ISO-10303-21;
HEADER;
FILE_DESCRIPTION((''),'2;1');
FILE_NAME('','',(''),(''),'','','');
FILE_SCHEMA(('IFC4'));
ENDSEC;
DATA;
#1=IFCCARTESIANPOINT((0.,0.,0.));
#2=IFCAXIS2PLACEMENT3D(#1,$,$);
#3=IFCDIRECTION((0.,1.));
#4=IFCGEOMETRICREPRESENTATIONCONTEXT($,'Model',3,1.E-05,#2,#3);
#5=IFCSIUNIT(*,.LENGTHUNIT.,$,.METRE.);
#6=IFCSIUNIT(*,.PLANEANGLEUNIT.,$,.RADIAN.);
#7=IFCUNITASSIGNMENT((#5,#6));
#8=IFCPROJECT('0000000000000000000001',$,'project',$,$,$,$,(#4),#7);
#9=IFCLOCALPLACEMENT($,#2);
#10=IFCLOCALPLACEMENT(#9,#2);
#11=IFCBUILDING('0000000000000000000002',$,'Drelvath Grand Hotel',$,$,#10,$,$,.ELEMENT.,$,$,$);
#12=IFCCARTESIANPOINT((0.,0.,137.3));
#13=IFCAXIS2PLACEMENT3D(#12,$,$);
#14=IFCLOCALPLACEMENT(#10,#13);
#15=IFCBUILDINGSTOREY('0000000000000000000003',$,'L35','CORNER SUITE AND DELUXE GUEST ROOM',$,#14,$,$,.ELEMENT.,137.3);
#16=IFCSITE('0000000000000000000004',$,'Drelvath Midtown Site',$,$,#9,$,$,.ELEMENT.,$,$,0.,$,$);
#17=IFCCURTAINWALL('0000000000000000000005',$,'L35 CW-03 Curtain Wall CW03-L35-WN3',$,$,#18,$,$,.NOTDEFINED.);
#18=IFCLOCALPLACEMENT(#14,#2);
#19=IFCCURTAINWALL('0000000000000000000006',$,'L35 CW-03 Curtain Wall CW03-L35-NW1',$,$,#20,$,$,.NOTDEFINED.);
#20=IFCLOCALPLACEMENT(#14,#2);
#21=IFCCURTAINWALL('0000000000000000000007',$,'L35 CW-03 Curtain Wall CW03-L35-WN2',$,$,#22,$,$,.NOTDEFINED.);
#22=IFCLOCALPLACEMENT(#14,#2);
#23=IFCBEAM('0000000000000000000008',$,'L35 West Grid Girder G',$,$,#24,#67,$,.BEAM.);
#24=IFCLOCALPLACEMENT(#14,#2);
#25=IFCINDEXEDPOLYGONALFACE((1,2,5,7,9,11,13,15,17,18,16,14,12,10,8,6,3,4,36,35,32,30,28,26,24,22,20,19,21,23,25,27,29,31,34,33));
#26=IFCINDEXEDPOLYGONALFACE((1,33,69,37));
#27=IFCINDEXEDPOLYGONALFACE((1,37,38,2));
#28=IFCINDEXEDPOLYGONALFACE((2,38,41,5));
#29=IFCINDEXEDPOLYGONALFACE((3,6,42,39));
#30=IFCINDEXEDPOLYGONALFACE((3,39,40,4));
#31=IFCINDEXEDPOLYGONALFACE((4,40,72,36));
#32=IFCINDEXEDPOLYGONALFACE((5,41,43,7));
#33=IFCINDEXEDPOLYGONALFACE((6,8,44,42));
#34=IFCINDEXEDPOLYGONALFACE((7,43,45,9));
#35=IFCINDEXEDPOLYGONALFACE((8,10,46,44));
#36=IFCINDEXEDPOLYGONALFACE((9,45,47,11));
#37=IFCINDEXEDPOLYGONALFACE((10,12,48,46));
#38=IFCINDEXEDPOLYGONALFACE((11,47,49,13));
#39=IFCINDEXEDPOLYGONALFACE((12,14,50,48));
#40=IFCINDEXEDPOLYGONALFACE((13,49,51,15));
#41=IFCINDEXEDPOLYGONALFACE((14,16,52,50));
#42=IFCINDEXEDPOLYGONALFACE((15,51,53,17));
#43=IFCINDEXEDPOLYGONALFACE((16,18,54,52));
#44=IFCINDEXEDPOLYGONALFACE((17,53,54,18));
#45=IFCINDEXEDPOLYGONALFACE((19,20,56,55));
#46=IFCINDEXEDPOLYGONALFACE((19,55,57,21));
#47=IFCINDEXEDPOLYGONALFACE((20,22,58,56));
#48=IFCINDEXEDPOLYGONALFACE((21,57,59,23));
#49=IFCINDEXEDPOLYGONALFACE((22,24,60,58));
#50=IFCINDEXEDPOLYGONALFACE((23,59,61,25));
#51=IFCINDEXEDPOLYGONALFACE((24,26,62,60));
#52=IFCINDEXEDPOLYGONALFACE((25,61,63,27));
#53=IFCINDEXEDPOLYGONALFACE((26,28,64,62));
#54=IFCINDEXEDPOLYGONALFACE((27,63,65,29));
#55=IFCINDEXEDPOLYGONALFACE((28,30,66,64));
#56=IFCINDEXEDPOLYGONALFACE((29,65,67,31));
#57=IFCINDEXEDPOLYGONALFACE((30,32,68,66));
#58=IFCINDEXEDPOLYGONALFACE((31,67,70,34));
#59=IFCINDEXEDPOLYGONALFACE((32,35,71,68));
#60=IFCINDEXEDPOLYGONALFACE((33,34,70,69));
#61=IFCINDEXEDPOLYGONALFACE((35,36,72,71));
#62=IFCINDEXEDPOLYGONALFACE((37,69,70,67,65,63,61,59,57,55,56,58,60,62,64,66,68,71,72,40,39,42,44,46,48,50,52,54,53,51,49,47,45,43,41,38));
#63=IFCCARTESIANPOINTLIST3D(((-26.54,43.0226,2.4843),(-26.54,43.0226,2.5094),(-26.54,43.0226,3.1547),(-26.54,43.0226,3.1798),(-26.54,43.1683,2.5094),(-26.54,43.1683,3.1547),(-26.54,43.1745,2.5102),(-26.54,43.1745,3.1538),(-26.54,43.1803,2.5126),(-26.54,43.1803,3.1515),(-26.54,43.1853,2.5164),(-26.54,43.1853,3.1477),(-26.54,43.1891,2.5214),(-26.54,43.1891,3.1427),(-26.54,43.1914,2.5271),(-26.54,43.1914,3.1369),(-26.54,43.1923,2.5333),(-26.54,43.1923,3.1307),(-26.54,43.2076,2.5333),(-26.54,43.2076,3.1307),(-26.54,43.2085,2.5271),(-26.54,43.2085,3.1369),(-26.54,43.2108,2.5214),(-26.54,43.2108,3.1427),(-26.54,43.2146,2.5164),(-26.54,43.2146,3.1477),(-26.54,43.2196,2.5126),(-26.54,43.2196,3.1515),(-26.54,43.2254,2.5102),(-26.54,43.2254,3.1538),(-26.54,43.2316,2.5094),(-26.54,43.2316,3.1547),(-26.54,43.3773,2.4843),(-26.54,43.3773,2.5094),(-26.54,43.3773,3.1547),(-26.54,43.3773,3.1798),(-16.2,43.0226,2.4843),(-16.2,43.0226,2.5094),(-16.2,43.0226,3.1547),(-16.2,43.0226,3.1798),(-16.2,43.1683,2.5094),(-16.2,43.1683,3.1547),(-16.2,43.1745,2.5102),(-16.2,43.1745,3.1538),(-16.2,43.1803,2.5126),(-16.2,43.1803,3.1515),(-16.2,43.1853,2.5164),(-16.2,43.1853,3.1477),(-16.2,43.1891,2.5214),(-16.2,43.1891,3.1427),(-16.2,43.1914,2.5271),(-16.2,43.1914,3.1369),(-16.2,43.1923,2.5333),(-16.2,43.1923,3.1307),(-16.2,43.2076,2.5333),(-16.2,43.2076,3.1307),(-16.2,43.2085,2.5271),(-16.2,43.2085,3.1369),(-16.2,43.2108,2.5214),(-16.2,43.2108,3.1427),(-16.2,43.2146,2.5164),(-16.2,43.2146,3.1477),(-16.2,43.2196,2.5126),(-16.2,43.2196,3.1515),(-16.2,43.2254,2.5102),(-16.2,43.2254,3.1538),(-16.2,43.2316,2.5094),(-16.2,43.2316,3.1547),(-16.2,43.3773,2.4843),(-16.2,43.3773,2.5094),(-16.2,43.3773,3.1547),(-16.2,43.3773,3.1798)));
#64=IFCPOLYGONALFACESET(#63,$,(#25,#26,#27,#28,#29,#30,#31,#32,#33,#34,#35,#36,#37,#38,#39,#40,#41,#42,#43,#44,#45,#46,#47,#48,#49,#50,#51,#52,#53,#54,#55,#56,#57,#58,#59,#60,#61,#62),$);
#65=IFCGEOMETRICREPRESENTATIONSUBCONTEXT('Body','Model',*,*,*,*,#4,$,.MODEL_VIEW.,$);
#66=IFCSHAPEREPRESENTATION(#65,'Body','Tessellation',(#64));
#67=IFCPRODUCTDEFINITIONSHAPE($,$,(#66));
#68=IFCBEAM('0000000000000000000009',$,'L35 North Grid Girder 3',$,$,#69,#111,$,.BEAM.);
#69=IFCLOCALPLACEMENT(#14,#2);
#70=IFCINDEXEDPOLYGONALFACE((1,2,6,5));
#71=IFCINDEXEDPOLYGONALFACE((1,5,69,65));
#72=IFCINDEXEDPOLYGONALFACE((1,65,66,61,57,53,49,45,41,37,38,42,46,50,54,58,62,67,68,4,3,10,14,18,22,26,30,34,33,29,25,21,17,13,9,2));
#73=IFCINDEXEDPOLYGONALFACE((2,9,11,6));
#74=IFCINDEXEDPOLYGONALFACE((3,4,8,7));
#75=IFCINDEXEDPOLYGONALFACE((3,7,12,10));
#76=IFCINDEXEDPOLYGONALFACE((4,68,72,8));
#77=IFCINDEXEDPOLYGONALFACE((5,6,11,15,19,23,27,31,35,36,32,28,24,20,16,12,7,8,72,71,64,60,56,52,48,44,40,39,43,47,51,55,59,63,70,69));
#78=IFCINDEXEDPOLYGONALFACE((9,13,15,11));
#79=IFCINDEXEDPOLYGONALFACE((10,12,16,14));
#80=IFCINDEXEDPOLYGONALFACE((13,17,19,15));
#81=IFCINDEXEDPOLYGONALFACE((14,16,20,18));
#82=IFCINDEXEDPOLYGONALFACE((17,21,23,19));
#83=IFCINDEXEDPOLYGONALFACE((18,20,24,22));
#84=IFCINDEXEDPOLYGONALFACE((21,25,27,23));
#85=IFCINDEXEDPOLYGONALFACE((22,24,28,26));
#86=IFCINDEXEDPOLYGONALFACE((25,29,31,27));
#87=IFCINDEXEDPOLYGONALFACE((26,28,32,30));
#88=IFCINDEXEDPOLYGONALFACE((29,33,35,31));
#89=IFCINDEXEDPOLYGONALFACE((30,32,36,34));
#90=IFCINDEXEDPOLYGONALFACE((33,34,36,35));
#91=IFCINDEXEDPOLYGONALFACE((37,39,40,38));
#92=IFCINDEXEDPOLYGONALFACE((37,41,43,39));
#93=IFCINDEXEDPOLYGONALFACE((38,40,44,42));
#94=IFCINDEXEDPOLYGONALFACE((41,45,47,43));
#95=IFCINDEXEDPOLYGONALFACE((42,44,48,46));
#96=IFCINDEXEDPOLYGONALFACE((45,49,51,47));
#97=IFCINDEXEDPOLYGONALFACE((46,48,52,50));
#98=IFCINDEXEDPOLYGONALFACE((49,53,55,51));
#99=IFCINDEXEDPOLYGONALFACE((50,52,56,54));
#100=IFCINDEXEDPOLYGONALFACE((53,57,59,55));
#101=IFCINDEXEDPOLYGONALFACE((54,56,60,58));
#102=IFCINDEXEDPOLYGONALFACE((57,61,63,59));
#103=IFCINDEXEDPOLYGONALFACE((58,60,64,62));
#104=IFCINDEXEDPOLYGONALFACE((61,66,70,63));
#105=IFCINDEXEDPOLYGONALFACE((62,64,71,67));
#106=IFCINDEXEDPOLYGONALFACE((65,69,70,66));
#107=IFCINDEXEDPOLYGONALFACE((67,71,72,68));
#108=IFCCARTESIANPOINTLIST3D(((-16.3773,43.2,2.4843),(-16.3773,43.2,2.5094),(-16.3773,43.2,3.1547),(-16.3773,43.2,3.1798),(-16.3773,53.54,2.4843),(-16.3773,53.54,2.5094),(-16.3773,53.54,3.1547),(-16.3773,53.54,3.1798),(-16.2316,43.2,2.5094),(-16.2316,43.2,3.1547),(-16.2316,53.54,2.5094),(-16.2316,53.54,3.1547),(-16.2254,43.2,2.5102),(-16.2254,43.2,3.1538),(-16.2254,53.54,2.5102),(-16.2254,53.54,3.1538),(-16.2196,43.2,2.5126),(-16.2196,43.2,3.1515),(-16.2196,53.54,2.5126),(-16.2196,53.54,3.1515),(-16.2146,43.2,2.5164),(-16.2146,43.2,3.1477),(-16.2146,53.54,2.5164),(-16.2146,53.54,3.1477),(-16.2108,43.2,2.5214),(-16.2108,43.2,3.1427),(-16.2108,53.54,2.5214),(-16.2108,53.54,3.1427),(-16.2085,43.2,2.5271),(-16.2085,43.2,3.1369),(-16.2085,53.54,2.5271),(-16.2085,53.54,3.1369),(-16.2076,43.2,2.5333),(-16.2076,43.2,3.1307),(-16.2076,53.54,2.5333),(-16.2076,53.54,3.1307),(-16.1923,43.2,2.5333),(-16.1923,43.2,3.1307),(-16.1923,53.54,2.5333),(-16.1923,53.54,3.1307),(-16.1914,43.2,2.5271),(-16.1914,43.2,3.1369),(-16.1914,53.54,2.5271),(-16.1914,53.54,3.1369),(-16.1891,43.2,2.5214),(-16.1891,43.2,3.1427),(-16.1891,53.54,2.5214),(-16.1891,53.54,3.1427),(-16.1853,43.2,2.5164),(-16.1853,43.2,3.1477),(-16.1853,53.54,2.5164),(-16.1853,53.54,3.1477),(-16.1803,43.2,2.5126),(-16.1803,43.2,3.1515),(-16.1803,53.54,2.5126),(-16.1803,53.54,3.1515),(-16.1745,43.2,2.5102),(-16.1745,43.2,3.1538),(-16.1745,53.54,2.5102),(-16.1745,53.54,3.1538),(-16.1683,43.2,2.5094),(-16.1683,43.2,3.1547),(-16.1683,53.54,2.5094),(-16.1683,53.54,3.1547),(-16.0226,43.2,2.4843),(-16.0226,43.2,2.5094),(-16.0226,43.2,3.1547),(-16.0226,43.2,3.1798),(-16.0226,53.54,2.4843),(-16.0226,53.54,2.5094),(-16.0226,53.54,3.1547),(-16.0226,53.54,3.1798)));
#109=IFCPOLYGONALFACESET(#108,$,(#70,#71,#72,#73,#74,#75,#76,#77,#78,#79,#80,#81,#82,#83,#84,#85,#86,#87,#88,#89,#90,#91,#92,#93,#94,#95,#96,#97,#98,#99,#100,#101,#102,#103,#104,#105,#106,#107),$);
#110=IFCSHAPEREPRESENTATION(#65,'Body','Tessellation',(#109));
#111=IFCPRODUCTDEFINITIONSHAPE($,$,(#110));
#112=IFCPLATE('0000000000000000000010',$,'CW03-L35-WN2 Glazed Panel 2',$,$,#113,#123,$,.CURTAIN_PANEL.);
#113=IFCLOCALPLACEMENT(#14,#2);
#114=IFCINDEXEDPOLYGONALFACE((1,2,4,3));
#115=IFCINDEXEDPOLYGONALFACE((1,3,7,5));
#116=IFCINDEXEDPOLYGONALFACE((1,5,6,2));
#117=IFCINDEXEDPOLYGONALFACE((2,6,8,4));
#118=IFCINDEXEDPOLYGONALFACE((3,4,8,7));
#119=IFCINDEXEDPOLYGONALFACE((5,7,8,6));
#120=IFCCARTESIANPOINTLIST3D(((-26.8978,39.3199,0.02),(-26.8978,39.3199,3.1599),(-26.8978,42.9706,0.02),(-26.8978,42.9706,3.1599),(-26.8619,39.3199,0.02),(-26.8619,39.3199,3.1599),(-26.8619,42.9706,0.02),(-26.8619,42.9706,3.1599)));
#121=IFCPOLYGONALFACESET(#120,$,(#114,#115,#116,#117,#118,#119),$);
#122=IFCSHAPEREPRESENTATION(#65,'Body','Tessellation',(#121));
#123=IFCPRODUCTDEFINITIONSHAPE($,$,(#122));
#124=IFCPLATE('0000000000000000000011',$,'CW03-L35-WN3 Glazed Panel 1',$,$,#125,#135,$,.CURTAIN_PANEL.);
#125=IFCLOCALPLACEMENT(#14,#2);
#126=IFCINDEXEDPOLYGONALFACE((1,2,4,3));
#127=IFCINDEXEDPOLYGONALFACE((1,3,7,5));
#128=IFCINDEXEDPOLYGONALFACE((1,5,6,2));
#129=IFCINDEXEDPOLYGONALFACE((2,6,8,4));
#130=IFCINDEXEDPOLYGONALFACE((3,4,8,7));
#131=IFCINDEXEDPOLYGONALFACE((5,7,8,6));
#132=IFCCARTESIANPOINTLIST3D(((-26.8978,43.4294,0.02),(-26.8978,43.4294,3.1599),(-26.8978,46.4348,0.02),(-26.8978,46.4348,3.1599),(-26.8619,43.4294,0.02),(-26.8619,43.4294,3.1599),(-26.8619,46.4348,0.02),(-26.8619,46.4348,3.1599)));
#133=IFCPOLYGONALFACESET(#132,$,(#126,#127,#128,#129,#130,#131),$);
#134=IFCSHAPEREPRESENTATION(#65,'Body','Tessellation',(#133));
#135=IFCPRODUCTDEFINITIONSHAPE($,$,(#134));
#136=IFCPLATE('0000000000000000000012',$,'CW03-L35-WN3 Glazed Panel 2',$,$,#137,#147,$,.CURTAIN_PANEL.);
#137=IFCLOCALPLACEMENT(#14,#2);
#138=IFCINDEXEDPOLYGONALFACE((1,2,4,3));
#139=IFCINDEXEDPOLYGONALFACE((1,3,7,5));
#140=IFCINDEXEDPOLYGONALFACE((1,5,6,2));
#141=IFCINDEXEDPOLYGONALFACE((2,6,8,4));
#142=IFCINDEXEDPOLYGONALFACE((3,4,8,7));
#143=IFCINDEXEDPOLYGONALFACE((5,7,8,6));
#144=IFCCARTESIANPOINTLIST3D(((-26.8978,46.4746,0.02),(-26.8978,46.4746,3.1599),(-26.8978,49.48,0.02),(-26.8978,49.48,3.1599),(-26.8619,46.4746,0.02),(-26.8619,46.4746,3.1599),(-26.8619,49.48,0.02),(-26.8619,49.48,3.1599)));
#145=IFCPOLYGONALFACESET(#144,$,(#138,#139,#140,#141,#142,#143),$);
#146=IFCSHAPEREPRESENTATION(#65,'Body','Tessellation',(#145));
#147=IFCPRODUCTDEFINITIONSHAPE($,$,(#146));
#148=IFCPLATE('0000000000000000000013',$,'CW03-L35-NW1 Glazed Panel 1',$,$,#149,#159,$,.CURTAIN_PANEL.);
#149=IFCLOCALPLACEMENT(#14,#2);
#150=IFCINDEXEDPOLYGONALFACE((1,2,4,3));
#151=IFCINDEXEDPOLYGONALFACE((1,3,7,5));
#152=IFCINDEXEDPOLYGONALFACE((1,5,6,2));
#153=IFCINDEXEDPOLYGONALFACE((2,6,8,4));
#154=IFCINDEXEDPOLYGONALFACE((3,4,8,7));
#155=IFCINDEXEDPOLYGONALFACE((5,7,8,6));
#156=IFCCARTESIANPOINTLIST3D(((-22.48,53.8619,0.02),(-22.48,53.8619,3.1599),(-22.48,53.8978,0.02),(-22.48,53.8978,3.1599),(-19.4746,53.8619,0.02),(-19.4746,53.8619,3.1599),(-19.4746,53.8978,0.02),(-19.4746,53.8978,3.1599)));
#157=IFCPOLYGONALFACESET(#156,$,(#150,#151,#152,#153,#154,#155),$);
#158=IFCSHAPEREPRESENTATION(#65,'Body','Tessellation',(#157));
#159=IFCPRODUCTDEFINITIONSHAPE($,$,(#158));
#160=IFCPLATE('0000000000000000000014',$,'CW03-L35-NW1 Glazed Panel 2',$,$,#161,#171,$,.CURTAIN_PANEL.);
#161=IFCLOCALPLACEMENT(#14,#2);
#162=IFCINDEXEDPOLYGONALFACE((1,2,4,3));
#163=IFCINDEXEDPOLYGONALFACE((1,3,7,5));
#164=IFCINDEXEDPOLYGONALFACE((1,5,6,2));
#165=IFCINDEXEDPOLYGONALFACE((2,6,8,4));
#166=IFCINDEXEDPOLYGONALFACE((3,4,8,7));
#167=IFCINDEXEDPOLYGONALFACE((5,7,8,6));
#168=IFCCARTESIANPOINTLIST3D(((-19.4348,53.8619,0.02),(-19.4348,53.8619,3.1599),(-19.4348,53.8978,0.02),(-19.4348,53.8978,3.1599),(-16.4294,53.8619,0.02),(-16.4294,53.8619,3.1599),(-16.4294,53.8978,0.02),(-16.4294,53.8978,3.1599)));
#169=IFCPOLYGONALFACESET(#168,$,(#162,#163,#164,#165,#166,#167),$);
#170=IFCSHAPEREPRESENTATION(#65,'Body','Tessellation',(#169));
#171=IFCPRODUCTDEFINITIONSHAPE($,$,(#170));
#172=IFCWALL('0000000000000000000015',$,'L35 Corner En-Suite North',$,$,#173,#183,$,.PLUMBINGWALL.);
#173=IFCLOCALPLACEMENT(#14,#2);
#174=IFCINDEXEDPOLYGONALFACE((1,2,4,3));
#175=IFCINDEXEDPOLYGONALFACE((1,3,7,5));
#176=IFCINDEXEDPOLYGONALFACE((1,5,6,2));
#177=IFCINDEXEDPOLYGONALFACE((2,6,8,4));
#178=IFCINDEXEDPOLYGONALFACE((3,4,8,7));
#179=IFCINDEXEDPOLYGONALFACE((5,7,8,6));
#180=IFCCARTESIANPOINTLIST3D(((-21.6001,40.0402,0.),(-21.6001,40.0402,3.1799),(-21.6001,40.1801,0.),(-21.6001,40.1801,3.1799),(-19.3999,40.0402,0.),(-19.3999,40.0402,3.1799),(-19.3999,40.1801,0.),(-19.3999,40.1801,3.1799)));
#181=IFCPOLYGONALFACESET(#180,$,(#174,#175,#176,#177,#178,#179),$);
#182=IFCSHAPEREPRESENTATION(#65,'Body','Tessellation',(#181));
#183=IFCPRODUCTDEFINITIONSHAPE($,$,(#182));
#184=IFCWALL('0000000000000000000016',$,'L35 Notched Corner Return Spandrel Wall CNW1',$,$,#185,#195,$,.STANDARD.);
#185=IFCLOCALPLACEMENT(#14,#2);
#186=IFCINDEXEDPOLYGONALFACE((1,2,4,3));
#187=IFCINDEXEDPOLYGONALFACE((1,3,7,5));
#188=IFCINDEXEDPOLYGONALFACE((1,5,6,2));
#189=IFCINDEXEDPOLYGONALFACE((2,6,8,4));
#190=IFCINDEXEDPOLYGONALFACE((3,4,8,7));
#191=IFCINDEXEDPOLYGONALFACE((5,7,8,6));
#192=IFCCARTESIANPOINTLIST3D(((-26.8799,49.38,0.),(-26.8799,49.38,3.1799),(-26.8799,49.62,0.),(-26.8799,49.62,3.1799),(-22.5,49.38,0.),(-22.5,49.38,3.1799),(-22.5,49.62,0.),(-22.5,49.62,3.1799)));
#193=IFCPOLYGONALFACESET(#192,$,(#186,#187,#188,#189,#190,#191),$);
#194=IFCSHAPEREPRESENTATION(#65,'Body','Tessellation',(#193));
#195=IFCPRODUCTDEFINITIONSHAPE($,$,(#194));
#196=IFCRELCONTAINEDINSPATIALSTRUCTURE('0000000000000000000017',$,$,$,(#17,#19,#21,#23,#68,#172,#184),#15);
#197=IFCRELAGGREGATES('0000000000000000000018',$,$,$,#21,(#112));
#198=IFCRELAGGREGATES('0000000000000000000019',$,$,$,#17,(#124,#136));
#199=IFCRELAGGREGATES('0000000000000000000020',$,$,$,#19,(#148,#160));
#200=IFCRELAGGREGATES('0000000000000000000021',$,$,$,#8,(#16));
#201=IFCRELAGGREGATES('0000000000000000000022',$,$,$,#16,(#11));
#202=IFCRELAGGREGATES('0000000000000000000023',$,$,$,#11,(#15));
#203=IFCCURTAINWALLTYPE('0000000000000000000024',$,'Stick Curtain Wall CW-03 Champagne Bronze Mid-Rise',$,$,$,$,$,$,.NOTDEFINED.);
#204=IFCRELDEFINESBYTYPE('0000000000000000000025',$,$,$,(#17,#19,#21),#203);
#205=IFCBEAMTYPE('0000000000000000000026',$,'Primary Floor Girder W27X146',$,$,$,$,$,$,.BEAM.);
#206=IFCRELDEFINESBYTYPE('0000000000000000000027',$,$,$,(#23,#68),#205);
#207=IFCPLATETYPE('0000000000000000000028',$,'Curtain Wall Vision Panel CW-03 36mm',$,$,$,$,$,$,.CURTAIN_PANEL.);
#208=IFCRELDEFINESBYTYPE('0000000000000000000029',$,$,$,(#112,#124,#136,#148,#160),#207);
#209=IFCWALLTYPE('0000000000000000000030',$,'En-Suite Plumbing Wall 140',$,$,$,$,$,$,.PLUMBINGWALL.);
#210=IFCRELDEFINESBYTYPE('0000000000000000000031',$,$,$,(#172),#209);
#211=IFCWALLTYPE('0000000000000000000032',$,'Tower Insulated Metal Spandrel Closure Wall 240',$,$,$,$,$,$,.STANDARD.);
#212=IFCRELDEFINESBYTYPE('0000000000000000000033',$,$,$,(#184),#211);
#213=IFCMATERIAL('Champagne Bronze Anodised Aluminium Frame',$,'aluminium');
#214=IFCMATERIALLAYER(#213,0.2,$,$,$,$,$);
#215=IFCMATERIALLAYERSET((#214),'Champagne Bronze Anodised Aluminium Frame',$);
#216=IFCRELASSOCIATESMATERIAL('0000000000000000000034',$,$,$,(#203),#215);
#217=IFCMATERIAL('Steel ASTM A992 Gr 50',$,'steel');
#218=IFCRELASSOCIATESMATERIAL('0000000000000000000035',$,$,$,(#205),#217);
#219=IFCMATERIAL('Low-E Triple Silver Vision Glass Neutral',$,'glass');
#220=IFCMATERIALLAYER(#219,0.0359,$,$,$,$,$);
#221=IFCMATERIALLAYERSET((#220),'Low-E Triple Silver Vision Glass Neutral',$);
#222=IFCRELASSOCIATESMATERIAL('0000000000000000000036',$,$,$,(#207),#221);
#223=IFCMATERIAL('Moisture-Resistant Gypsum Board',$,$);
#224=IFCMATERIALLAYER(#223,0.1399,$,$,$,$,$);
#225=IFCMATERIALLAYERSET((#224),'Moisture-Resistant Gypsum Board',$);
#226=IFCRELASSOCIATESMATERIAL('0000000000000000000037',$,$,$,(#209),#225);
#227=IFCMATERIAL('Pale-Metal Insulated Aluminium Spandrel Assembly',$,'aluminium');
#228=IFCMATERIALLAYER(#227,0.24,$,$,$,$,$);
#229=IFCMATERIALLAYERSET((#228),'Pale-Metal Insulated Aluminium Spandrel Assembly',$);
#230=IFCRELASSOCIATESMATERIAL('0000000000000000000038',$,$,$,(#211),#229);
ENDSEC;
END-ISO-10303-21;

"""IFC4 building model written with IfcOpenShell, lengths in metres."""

from ifc_helpers import new_model, si_unit, direction, frame, frame_2d, origin, origin_2d, place, context, subcontext, project, spatial, rectangle, i_section, extrude, material, layer, layer_set, material_profile, profile_set, type_object, element, aggregate, save


model = new_model("IFC4")

# Units and contexts
model_context = context("Model", 3, precision=1e-05, world=origin(), true_north=direction((0.0, 1.0)))
body_context = subcontext(model_context, "Body", "Model", "MODEL_VIEW")
ifc_project = project(units=[si_unit("LENGTHUNIT", "METRE"), si_unit("PLANEANGLEUNIT", "RADIAN")], contexts=[model_context])

# Site, building, storey
site_placement = place(None, origin())
site = spatial("IfcSite", under=ifc_project, at=site_placement, Name="Drelvath Midtown Site", CompositionType="ELEMENT", RefElevation=0.0)
building_placement = place(site_placement, origin())
building = spatial("IfcBuilding", under=site, at=building_placement, Name="Drelvath Grand Hotel", CompositionType="ELEMENT")
storey_placement = place(building_placement, frame((0.0, 0.0, 137.3)))
storey = spatial("IfcBuildingStorey", under=building, at=storey_placement, Name="L35", Description="CORNER SUITE AND DELUXE GUEST ROOM", CompositionType="ELEMENT", Elevation=137.3)

# Shared definitions
ifc_material_1 = material(Name="Steel ASTM A992 Gr 50", Category="steel")

# Curtain walls
ifc_material_2 = material(Name="Champagne Bronze Anodised Aluminium Frame", Category="aluminium")
ifc_layer_1 = layer(ifc_material_2, 0.2)
ifc_layer_set_1 = layer_set([ifc_layer_1], Name="Champagne Bronze Anodised Aluminium Frame")
curtain_wall_type = type_object("IfcCurtainWallType", Name="Stick Curtain Wall CW-03 Champagne Bronze Mid-Rise", PredefinedType="NOTDEFINED", material=ifc_layer_set_1)
curtain_wall_1_placement = place(storey_placement, origin())
curtain_wall_1 = element("IfcCurtainWall", 1, at=curtain_wall_1_placement, inside=storey, type_object=curtain_wall_type, Name="L35 CW-03 Curtain Wall CW03-L35-WN3", PredefinedType="NOTDEFINED")
curtain_wall_2_placement = place(storey_placement, origin())
curtain_wall_2 = element("IfcCurtainWall", 2, at=curtain_wall_2_placement, inside=storey, type_object=curtain_wall_type, Name="L35 CW-03 Curtain Wall CW03-L35-NW1", PredefinedType="NOTDEFINED")

# Curtain wall
curtain_wall_3_placement = place(storey_placement, origin())
curtain_wall_3 = element("IfcCurtainWall", 3, at=curtain_wall_3_placement, inside=storey, type_object=curtain_wall_type, Name="L35 CW-03 Curtain Wall CW03-L35-WN2", PredefinedType="NOTDEFINED")

# Beams
ifc_material_profile_1 = material_profile(ifc_material_1, i_section(OverallWidth=0.3547, OverallDepth=0.6956, WebThickness=0.0154, FlangeThickness=0.0251, FilletRadius=0.0239, at=origin_2d()), Name="W27X146")
ifc_profile_set_1 = profile_set([ifc_material_profile_1], Name="Steel ASTM A992 Gr 50")
beam_type_1 = type_object("IfcBeamType", Name="Primary Floor Girder W27X146", PredefinedType="BEAM", material=ifc_profile_set_1)
for number, where, z_axis, x_axis, name in (
    (4, (-26.54, 43.2, 2.832), (1.0, 0.0, 0.0), (0.0, 1.0, 0.0), "L35 West Grid Girder G"),
    (5, (-16.2, 43.2, 2.832), (0.0, 1.0, 0.0), (-1.0, 0.0, 0.0), "L35 North Grid Girder 3"),
):
    element("IfcBeam", number, at=place(storey_placement, frame(where, z_axis=z_axis, x_axis=x_axis)), inside=storey, type_object=beam_type_1, Name=name, PredefinedType="BEAM", context=body_context, shape_type="SweptSolid", body=[
        extrude(i_section(OverallWidth=0.3547, OverallDepth=0.6956, WebThickness=0.0154, FlangeThickness=0.0251, FilletRadius=0.0239, at=origin_2d()), origin(), (0.0, 0.0, 1.0), 10.3401),
    ])

# Plates
ifc_material_3 = material(Name="Low-E Triple Silver Vision Glass Neutral", Category="glass")
ifc_layer_2 = layer(ifc_material_3, 0.0359)
ifc_layer_set_2 = layer_set([ifc_layer_2], Name="Low-E Triple Silver Vision Glass Neutral")
plate_type = type_object("IfcPlateType", Name="Curtain Wall Vision Panel CW-03 36mm", PredefinedType="CURTAIN_PANEL", material=ifc_layer_set_2)
plate_1_placement = place(storey_placement, frame((-26.8799, 41.1453, 0.02), z_axis=(0.0, 0.0, 1.0), x_axis=(0.0, 1.0, 0.0)))
plate_1 = element("IfcPlate", 6, at=plate_1_placement, type_object=plate_type, Name="CW03-L35-WN2 Glazed Panel 2", PredefinedType="CURTAIN_PANEL", context=body_context, shape_type="SweptSolid", body=[
    extrude(rectangle(XDim=3.6506, YDim=0.0359, at=origin_2d()), origin(), (0.0, 0.0, 1.0), 3.1399),
])
aggregate(curtain_wall_3, [plate_1])
plate_2_placement = place(storey_placement, frame((-26.8799, 44.9321, 0.02), z_axis=(0.0, 0.0, 1.0), x_axis=(0.0, 1.0, 0.0)))
plate_2 = element("IfcPlate", 7, at=plate_2_placement, type_object=plate_type, Name="CW03-L35-WN3 Glazed Panel 1", PredefinedType="CURTAIN_PANEL", context=body_context, shape_type="SweptSolid", body=[
    extrude(rectangle(XDim=3.0054, YDim=0.0359, at=origin_2d()), origin(), (0.0, 0.0, 1.0), 3.1399),
])
plate_3_placement = place(storey_placement, frame((-26.8799, 47.9773, 0.02), z_axis=(0.0, 0.0, 1.0), x_axis=(0.0, 1.0, 0.0)))
plate_3 = element("IfcPlate", 8, at=plate_3_placement, type_object=plate_type, Name="CW03-L35-WN3 Glazed Panel 2", PredefinedType="CURTAIN_PANEL", context=body_context, shape_type="SweptSolid", body=[
    extrude(rectangle(XDim=3.0054, YDim=0.0359, at=origin_2d()), origin(), (0.0, 0.0, 1.0), 3.1399),
])
aggregate(curtain_wall_1, [plate_2, plate_3])
plate_4_placement = place(storey_placement, frame((-20.9773, 53.8799, 0.02), z_axis=(0.0, 0.0, 1.0), x_axis=(1.0, 0.0, 0.0)))
plate_4 = element("IfcPlate", 9, at=plate_4_placement, type_object=plate_type, Name="CW03-L35-NW1 Glazed Panel 1", PredefinedType="CURTAIN_PANEL", context=body_context, shape_type="SweptSolid", body=[
    extrude(rectangle(XDim=3.0054, YDim=0.0359, at=origin_2d()), origin(), (0.0, 0.0, 1.0), 3.1399),
])
plate_5_placement = place(storey_placement, frame((-17.9321, 53.8799, 0.02), z_axis=(0.0, 0.0, 1.0), x_axis=(1.0, 0.0, 0.0)))
plate_5 = element("IfcPlate", 10, at=plate_5_placement, type_object=plate_type, Name="CW03-L35-NW1 Glazed Panel 2", PredefinedType="CURTAIN_PANEL", context=body_context, shape_type="SweptSolid", body=[
    extrude(rectangle(XDim=3.0054, YDim=0.0359, at=origin_2d()), origin(), (0.0, 0.0, 1.0), 3.1399),
])
aggregate(curtain_wall_2, [plate_4, plate_5])

# Walls
ifc_material_4 = material(Name="Moisture-Resistant Gypsum Board")
ifc_layer_3 = layer(ifc_material_4, 0.1399)
ifc_layer_set_3 = layer_set([ifc_layer_3], Name="Moisture-Resistant Gypsum Board")
wall_type_1 = type_object("IfcWallType", Name="En-Suite Plumbing Wall 140", PredefinedType="PLUMBINGWALL", material=ifc_layer_set_3)
wall_placement = place(storey_placement, frame((-21.6001, 40.1101, 0.0), z_axis=(0.0, 0.0, 1.0), x_axis=(1.0, 0.0, 0.0)))
element("IfcWall", 11, at=wall_placement, inside=storey, type_object=wall_type_1, Name="L35 Corner En-Suite North", PredefinedType="PLUMBINGWALL", context=body_context, shape_type="SweptSolid", body=[
    extrude(rectangle(XDim=2.2002, YDim=0.1399, at=frame_2d((1.1001, 0.0))), origin(), (0.0, 0.0, 1.0), 3.1799),
])
ifc_material_5 = material(Name="Pale-Metal Insulated Aluminium Spandrel Assembly", Category="aluminium")
ifc_layer_4 = layer(ifc_material_5, 0.24)
ifc_layer_set_4 = layer_set([ifc_layer_4], Name="Pale-Metal Insulated Aluminium Spandrel Assembly")
wall_type_2 = type_object("IfcWallType", Name="Tower Insulated Metal Spandrel Closure Wall 240", PredefinedType="STANDARD", material=ifc_layer_set_4)
for number, where, z_axis, x_axis, name in (
    (12, (-26.8799, 49.5, 0.0), (0.0, 0.0, 1.0), (1.0, 0.0, 0.0), "L35 Notched Corner Return Spandrel Wall CNW1"),
):
    element("IfcWall", number, at=place(storey_placement, frame(where, z_axis=z_axis, x_axis=x_axis)), inside=storey, type_object=wall_type_2, Name=name, PredefinedType="STANDARD", context=body_context, shape_type="SweptSolid", body=[
        extrude(rectangle(XDim=4.3799, YDim=0.24, at=frame_2d((2.1899, 0.0))), origin(), (0.0, 0.0, 1.0), 3.1799),
    ])

save(model, "model.ifc")
